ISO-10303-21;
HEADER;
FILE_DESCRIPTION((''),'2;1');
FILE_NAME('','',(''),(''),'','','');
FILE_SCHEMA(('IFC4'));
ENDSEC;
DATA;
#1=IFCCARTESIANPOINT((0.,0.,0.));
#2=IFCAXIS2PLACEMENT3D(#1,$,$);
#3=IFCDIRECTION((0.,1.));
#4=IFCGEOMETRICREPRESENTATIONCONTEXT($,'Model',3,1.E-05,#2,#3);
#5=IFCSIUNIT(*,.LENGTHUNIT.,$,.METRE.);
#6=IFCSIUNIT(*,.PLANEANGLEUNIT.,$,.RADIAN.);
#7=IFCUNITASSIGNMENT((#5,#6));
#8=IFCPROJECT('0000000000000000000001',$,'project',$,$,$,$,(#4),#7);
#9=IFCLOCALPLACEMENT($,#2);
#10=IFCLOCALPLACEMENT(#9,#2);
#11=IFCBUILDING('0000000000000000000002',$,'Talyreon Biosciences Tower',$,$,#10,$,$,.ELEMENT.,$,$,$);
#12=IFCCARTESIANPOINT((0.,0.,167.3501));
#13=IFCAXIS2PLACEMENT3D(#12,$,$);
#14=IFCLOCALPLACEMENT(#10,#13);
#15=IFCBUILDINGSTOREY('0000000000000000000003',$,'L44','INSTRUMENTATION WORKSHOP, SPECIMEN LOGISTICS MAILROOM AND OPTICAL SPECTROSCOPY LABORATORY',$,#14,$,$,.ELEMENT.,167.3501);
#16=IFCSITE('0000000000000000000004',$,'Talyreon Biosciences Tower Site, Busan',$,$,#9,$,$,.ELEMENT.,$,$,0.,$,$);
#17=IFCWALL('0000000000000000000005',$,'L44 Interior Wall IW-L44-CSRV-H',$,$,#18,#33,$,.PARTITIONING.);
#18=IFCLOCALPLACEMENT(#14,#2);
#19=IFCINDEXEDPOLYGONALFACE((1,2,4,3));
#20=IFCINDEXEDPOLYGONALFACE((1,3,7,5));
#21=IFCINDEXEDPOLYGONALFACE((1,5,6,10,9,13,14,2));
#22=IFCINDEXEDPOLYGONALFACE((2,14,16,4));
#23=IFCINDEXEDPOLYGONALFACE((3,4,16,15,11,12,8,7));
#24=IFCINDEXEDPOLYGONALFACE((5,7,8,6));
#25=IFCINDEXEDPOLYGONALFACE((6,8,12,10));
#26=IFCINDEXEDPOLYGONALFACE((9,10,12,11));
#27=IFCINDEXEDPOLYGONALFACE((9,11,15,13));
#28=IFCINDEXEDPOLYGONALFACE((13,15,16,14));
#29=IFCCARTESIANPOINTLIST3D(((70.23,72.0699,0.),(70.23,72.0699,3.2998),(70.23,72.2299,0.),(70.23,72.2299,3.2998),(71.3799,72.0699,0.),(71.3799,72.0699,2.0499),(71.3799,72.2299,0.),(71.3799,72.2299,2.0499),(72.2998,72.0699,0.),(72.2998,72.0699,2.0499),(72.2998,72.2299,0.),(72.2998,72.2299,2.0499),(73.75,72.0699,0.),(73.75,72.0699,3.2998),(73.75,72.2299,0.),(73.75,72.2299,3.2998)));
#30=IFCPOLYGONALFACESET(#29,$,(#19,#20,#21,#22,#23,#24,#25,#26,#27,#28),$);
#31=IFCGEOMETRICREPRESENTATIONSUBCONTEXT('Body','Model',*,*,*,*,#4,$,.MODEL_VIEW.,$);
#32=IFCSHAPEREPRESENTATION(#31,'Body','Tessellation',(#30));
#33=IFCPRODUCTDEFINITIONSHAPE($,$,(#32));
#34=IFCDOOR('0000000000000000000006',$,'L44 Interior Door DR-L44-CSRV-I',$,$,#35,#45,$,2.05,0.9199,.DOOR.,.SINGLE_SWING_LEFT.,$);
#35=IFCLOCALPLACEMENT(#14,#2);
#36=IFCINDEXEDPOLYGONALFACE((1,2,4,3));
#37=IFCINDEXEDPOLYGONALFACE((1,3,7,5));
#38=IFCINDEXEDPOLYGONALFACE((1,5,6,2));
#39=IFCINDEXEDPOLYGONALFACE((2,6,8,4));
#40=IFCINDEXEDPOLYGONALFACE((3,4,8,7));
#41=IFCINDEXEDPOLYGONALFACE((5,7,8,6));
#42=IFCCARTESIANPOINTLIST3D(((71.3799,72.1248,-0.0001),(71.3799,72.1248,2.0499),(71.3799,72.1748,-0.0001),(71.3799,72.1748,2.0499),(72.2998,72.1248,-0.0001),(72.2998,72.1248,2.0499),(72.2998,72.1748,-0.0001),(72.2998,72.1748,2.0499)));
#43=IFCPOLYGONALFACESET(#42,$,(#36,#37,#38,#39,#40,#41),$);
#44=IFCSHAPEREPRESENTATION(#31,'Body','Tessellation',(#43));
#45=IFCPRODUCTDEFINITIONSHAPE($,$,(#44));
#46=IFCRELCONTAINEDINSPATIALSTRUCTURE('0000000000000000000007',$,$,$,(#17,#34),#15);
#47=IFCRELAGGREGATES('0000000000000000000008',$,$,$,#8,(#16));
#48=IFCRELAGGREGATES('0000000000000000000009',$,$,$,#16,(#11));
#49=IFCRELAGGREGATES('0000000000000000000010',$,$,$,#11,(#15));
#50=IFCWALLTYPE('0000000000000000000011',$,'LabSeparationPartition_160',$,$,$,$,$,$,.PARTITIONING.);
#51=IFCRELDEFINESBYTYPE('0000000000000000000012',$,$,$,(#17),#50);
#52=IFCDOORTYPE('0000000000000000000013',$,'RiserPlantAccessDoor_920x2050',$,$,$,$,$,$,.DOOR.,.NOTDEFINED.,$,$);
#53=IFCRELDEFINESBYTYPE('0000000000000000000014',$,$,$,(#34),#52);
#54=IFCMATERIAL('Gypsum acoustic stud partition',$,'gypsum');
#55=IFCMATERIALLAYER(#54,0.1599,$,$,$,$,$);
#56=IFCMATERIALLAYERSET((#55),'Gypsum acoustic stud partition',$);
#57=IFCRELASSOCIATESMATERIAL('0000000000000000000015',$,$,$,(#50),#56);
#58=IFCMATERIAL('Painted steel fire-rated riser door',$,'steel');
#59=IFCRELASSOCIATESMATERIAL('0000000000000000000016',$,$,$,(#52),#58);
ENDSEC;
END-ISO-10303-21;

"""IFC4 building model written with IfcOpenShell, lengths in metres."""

from ifc_helpers import new_model, si_unit, direction, frame, frame_2d, origin, place, context, subcontext, project, spatial, rectangle, extrude, material, layer, layer_set, type_object, element, fill, save


model = new_model("IFC4")

# Units and contexts
model_context = context("Model", 3, precision=1e-05, world=origin(), true_north=direction((0.0, 1.0)))
body_context = subcontext(model_context, "Body", "Model", "MODEL_VIEW")
ifc_project = project(units=[si_unit("LENGTHUNIT", "METRE"), si_unit("PLANEANGLEUNIT", "RADIAN")], contexts=[model_context])

# Site, building, storey
site_placement = place(None, origin())
site = spatial("IfcSite", under=ifc_project, at=site_placement, Name="Talyreon Biosciences Tower Site, Busan", CompositionType="ELEMENT", RefElevation=0.0)
building_placement = place(site_placement, origin())
building = spatial("IfcBuilding", under=site, at=building_placement, Name="Talyreon Biosciences Tower", CompositionType="ELEMENT")
storey_placement = place(building_placement, frame((0.0, 0.0, 167.3501)))
storey = spatial("IfcBuildingStorey", under=building, at=storey_placement, Name="L44", Description="INSTRUMENTATION WORKSHOP, SPECIMEN LOGISTICS MAILROOM AND OPTICAL SPECTROSCOPY LABORATORY", CompositionType="ELEMENT", Elevation=167.3501)

# Wall, opening, door
ifc_material_1 = material(Name="Gypsum acoustic stud partition", Category="gypsum")
ifc_layer_1 = layer(ifc_material_1, 0.1599)
ifc_layer_set_1 = layer_set([ifc_layer_1], Name="Gypsum acoustic stud partition")
wall_type_1 = type_object("IfcWallType", Name="LabSeparationPartition_160", PredefinedType="PARTITIONING", material=ifc_layer_set_1)
wall_1_placement = place(storey_placement, frame((70.23, 72.1499, 0.0), z_axis=(0.0, 0.0, 1.0), x_axis=(1.0, 0.0, 0.0)))
wall_1 = element("IfcWall", 1, at=wall_1_placement, inside=storey, type_object=wall_type_1, Name="L44 Interior Wall IW-L44-CSRV-H", PredefinedType="PARTITIONING", context=body_context, shape_type="SweptSolid", body=[
    extrude(rectangle(XDim=3.52, YDim=0.1599, at=frame_2d((1.76, 0.0))), origin(), (0.0, 0.0, 1.0), 3.2998),
])
opening_placement = place(wall_1_placement, frame((1.1499, 0.0, 0.0)))
opening = element("IfcOpeningElement", 2, at=opening_placement, cuts=wall_1, PredefinedType="OPENING", context=body_context, shape_type="SweptSolid", body=[
    extrude(rectangle(XDim=0.9199, YDim=2.05, at=frame_2d((0.46, 1.0249))), frame((0.0, 0.0898, 0.0), z_axis=(0.0, -1.0, 0.0), x_axis=(1.0, 0.0, 0.0)), (0.0, 0.0, 1.0), 0.1799),
])
ifc_material_2 = material(Name="Painted steel fire-rated riser door", Category="steel")
door_type = type_object("IfcDoorType", Name="RiserPlantAccessDoor_920x2050", OperationType="NOTDEFINED", PredefinedType="DOOR", material=ifc_material_2)
door_placement = place(opening_placement, origin())
door = element("IfcDoor", 3, at=door_placement, inside=storey, type_object=door_type, Name="L44 Interior Door DR-L44-CSRV-I", OperationType="SINGLE_SWING_LEFT", OverallHeight=2.05, OverallWidth=0.9199, PredefinedType="DOOR", context=body_context, shape_type="SweptSolid", body=[
    extrude(rectangle(XDim=0.9199, YDim=2.05, at=frame_2d((0.46, 1.0249))), frame((0.0, 0.0249, 0.0), z_axis=(0.0, -1.0, 0.0), x_axis=(1.0, 0.0, 0.0)), (0.0, 0.0, 1.0), 0.05),
])
fill(opening, door)

save(model, "model.ifc")
